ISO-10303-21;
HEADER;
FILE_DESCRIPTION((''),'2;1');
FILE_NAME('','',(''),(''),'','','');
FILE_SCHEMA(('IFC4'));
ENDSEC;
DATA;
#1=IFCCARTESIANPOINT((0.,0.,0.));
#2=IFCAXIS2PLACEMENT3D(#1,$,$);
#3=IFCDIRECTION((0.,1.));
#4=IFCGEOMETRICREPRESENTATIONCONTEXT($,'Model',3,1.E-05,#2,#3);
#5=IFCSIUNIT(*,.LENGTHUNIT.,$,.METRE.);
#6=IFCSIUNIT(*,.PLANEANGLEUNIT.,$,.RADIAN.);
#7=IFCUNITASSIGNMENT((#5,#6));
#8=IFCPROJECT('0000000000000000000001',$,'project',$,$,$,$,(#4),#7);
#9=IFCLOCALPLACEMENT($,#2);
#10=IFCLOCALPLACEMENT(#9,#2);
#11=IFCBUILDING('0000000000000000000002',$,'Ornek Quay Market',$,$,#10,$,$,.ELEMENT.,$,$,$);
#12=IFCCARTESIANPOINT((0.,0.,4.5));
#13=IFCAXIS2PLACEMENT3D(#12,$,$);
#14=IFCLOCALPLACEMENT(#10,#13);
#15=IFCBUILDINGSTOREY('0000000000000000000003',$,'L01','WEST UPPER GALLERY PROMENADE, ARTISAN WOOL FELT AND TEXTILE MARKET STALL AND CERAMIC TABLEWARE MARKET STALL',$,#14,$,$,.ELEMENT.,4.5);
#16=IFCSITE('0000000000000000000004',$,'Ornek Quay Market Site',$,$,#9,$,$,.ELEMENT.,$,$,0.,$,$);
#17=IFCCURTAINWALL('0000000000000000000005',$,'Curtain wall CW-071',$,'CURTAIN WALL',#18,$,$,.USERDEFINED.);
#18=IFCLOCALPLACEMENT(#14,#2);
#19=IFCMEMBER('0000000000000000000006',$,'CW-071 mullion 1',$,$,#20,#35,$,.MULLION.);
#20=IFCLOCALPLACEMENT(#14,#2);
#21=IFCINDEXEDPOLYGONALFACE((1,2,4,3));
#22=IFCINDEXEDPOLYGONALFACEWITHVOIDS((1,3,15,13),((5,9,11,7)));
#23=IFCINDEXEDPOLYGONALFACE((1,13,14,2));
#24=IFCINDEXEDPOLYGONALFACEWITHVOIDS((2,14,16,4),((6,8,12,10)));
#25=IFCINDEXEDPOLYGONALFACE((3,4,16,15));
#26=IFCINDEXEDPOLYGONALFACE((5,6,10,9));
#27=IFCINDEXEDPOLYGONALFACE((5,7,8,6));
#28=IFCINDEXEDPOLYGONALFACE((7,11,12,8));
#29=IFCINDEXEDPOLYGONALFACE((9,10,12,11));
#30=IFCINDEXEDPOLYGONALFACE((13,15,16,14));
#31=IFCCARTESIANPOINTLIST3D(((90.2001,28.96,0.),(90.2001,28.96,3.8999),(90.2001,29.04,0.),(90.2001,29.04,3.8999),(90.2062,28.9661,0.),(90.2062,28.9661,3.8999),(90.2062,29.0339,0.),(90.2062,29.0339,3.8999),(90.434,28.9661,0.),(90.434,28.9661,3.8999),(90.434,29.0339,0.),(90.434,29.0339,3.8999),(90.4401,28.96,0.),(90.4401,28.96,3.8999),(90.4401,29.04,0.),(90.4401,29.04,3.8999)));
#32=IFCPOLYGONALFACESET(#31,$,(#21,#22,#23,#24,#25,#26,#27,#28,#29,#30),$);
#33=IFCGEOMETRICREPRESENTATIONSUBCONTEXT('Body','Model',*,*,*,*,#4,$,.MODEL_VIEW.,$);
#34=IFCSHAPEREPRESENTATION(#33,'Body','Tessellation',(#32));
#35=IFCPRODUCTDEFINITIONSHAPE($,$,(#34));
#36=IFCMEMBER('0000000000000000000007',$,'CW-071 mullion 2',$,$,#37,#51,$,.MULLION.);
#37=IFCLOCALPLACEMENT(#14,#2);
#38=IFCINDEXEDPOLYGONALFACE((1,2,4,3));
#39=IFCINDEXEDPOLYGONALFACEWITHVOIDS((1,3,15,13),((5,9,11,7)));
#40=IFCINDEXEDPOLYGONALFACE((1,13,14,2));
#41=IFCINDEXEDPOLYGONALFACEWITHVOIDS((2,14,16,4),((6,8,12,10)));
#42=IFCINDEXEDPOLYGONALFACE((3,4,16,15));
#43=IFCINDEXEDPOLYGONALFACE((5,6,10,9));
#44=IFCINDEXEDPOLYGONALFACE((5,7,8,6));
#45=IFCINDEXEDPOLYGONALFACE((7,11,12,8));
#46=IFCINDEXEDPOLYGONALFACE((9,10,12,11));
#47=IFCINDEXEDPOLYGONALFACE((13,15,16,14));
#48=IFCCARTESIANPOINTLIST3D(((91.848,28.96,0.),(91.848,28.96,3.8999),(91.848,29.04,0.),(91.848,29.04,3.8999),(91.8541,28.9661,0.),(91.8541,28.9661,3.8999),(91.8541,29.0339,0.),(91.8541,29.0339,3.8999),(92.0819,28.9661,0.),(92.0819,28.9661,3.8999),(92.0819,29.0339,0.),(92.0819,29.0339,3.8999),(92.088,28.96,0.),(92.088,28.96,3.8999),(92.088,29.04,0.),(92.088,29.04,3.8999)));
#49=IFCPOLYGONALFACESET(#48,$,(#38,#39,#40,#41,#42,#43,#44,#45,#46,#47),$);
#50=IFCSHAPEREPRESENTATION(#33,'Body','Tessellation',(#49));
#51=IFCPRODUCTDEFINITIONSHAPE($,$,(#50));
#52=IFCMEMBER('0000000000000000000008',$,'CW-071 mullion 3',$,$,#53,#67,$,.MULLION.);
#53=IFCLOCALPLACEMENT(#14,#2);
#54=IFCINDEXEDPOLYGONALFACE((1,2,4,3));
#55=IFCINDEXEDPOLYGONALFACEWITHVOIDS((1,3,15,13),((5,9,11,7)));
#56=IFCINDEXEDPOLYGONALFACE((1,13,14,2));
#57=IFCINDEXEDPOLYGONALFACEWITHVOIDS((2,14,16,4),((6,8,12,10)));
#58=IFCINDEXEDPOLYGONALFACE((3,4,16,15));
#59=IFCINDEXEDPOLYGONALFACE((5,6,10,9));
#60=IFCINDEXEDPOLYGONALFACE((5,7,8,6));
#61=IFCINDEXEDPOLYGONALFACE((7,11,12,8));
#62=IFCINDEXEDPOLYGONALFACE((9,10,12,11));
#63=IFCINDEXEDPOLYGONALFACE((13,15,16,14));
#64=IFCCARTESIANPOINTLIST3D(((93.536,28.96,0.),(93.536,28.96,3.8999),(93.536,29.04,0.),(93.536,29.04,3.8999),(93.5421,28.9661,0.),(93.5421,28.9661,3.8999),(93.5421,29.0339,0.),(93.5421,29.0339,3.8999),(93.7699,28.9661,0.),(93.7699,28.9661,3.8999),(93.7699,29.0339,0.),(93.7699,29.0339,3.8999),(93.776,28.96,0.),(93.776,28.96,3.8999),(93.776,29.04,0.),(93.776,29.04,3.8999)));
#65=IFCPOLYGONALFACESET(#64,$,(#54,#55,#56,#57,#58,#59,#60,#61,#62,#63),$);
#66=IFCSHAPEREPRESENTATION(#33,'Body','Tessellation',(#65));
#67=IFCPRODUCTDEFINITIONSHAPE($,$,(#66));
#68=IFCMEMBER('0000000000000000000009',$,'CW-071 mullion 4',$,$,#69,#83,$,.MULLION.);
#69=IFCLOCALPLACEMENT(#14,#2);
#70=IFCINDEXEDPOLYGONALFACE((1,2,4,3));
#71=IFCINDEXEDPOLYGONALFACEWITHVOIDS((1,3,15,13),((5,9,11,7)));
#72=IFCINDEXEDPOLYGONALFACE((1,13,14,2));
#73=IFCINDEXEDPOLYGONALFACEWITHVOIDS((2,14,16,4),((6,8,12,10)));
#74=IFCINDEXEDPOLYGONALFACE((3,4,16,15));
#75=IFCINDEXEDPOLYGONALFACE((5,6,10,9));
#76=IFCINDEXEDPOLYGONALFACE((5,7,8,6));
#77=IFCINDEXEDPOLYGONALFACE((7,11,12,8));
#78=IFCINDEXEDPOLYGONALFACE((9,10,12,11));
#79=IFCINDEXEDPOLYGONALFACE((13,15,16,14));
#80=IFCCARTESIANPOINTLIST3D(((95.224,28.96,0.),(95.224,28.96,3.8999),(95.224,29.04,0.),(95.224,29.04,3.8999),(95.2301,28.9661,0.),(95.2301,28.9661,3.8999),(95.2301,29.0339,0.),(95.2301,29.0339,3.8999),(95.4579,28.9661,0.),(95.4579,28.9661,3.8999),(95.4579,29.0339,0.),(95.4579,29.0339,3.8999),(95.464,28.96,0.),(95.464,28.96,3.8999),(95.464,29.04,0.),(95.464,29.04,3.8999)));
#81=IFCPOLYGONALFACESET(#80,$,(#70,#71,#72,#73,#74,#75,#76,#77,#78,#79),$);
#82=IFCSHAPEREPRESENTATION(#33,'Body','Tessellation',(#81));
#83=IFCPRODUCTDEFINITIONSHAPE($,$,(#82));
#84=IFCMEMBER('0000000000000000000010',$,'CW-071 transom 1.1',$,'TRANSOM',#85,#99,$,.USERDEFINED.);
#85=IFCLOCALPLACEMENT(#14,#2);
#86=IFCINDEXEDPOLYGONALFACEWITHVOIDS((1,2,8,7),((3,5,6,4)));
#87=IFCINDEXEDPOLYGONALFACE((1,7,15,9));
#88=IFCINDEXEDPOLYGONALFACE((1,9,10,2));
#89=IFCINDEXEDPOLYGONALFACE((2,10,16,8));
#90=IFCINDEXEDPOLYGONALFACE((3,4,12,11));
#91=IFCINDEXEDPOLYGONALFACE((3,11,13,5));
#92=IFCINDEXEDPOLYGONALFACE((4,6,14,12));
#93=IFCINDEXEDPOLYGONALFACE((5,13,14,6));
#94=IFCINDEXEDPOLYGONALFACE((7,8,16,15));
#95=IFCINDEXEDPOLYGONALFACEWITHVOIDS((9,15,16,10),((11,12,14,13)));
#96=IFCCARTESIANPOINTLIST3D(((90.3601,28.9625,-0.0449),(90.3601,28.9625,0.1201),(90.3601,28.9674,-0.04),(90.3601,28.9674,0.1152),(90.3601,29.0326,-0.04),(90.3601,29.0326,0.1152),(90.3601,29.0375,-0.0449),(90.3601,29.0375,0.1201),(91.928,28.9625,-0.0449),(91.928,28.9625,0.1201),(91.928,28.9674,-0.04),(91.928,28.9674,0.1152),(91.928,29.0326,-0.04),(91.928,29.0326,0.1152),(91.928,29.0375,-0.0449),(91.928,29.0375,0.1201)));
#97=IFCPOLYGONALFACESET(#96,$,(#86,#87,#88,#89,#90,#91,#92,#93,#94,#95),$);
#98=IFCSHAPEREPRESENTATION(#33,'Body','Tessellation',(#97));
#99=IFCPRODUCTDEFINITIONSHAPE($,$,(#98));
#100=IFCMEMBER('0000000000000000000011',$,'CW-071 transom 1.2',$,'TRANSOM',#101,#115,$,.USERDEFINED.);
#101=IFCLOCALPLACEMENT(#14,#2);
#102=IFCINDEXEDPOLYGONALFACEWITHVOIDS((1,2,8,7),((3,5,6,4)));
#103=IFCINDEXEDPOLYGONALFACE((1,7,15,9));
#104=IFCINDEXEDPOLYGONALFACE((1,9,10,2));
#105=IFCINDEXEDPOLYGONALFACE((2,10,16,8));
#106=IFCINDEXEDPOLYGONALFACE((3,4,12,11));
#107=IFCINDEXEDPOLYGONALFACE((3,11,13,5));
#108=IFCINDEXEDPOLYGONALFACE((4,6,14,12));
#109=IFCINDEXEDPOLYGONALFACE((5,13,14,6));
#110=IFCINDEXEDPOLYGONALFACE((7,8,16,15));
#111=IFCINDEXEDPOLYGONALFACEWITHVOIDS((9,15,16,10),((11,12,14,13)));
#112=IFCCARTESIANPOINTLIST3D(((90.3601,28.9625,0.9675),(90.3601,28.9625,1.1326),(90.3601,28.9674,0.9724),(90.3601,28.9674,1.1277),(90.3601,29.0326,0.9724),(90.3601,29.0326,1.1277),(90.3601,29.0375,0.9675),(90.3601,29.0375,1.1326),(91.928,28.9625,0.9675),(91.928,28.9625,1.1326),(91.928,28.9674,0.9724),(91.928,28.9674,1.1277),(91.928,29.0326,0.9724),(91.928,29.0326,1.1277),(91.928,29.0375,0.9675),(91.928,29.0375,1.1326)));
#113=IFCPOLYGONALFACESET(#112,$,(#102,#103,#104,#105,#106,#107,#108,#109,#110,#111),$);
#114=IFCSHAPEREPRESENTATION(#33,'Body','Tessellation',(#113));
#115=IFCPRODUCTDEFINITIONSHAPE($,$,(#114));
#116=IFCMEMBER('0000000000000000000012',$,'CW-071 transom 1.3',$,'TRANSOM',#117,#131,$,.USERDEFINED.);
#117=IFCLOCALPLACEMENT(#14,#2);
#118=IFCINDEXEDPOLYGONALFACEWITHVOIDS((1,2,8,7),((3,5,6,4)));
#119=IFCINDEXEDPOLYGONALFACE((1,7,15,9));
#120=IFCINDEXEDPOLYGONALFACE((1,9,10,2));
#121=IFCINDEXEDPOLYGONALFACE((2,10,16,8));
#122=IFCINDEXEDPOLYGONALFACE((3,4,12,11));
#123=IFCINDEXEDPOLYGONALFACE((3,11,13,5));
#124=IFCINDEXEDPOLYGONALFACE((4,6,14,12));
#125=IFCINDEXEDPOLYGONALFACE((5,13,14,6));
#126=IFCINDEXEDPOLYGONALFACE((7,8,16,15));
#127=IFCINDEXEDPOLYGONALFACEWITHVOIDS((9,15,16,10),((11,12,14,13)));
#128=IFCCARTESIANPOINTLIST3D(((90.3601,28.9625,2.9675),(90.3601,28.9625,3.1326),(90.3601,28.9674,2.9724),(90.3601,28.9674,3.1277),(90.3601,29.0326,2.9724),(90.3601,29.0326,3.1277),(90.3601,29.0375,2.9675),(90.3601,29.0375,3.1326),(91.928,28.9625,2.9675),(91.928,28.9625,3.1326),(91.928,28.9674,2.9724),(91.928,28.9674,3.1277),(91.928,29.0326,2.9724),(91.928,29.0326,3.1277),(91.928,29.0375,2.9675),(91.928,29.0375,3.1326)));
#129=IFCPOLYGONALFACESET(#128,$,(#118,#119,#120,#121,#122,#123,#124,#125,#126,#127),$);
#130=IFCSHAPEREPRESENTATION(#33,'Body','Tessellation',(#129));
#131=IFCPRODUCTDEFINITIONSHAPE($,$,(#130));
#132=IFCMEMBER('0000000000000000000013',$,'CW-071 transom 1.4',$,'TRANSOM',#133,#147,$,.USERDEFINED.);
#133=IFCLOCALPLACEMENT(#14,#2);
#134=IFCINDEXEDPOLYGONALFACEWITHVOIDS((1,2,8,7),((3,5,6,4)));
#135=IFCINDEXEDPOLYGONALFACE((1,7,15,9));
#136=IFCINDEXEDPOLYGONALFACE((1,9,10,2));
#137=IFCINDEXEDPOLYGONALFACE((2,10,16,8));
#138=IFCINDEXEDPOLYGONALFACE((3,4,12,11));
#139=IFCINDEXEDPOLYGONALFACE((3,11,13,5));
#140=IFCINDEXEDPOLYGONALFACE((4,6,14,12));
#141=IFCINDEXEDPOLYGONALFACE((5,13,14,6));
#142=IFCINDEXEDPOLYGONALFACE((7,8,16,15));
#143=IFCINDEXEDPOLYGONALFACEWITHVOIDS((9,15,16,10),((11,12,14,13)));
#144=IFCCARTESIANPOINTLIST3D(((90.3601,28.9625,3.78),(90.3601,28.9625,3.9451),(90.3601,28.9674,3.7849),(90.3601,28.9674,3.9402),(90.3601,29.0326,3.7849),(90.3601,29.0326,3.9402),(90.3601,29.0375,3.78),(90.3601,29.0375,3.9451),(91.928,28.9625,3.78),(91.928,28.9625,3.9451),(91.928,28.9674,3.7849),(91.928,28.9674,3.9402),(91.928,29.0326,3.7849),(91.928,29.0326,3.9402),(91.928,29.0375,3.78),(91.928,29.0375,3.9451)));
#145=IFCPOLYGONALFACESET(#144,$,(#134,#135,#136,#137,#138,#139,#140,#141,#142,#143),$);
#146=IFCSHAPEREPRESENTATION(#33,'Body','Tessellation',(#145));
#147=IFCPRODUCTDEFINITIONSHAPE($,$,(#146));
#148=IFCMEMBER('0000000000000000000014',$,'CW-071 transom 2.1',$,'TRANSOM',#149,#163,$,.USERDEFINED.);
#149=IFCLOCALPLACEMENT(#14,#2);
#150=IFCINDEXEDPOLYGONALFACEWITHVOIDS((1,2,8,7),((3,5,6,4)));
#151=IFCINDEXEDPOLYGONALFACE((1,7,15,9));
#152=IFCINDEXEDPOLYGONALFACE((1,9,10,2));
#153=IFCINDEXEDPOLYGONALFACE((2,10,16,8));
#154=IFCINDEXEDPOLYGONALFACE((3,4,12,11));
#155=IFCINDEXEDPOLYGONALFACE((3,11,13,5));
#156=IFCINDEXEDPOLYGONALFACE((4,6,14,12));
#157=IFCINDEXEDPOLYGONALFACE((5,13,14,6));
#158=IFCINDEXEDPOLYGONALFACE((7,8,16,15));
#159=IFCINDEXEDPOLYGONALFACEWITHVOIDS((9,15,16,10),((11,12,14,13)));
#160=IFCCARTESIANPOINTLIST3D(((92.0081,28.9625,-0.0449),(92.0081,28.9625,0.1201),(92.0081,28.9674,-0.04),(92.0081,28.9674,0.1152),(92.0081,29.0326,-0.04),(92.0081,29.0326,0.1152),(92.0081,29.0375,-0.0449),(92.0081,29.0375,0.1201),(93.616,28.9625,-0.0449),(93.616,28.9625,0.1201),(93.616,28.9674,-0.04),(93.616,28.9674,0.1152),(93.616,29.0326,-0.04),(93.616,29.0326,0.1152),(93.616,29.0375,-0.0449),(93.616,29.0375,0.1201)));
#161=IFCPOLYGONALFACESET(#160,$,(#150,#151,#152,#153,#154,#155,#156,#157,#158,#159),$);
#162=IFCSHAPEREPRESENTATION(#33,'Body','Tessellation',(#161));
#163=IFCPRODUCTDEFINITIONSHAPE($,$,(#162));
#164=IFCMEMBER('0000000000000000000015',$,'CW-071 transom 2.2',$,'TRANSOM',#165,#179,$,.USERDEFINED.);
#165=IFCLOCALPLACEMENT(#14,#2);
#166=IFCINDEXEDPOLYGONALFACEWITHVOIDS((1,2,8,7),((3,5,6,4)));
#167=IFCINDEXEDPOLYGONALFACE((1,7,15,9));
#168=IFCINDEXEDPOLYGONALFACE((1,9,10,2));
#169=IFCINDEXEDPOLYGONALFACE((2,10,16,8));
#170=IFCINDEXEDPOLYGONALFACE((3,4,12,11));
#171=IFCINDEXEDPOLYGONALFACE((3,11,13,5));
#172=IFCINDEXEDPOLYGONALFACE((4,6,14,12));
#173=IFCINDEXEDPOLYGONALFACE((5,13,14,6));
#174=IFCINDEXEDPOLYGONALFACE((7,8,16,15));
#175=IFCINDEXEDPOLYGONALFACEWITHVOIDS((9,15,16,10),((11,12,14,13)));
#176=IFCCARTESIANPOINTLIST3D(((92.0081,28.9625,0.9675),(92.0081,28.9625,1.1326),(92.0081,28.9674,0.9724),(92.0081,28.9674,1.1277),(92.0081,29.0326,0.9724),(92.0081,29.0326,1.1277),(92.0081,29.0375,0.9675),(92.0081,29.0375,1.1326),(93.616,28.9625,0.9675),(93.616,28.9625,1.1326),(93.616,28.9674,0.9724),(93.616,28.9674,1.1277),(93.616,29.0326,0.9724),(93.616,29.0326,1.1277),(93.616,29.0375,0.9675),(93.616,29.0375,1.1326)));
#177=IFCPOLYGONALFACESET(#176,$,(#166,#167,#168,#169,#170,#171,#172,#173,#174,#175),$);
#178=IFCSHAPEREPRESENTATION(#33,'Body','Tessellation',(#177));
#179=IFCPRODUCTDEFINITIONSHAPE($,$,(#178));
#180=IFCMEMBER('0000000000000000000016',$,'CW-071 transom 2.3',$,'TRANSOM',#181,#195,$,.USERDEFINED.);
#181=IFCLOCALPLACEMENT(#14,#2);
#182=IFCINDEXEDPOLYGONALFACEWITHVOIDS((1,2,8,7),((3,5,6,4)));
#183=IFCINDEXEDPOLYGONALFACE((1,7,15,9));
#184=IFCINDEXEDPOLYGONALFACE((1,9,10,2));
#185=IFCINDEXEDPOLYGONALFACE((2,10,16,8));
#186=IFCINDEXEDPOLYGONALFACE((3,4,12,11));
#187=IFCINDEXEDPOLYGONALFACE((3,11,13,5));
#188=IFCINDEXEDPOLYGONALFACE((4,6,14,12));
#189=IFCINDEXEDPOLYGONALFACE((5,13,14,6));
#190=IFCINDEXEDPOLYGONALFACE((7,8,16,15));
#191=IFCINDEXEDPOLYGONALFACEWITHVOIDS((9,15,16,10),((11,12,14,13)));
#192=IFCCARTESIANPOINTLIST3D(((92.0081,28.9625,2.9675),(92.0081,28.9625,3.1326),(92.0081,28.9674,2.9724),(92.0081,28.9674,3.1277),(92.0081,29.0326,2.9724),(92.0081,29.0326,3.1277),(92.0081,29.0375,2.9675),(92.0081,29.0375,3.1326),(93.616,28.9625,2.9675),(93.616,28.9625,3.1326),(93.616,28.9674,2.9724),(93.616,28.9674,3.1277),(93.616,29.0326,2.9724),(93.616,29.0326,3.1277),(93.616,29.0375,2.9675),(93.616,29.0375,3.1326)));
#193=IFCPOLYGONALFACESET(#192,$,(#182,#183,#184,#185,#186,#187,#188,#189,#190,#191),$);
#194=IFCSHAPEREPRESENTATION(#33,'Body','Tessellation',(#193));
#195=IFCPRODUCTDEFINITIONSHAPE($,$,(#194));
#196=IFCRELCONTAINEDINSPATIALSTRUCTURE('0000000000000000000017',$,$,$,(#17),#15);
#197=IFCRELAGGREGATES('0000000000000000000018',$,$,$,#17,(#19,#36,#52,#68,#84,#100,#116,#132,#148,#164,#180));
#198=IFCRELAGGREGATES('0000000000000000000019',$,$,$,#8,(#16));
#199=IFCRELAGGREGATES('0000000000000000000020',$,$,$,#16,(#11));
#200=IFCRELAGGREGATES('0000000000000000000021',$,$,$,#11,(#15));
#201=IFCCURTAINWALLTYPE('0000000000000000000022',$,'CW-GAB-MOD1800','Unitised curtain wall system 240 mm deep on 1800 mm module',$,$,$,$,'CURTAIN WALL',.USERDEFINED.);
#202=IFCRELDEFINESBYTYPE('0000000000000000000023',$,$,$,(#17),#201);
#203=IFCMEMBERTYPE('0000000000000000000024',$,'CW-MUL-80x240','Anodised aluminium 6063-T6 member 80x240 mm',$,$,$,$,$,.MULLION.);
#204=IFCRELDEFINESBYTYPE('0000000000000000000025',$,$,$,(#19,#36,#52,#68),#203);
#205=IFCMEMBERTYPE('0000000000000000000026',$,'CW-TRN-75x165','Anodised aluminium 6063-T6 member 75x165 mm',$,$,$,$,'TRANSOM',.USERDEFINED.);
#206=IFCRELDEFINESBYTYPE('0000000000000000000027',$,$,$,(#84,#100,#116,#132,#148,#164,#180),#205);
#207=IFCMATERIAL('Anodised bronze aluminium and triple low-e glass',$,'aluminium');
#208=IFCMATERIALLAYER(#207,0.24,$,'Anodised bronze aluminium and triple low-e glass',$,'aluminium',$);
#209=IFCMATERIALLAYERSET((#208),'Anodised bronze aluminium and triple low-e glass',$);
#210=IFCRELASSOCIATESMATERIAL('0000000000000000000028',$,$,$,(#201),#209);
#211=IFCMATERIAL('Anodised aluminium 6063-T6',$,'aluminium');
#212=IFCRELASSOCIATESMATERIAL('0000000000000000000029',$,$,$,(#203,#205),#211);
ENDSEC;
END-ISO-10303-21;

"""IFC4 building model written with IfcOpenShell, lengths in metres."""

from ifc_helpers import new_model, si_unit, direction, frame, origin, origin_2d, place, context, subcontext, project, spatial, hollow_rectangle, extrude, material, layer, layer_set, material_profile, profile_set, type_object, element, aggregate, save


model = new_model("IFC4")

# Units and contexts
model_context = context("Model", 3, precision=1e-05, world=origin(), true_north=direction((0.0, 1.0)))
body_context = subcontext(model_context, "Body", "Model", "MODEL_VIEW")
ifc_project = project(units=[si_unit("LENGTHUNIT", "METRE"), si_unit("PLANEANGLEUNIT", "RADIAN")], contexts=[model_context])

# Site, building, storey
site_placement = place(None, origin())
site = spatial("IfcSite", under=ifc_project, at=site_placement, Name="Ornek Quay Market Site", CompositionType="ELEMENT", RefElevation=0.0)
building_placement = place(site_placement, origin())
building = spatial("IfcBuilding", under=site, at=building_placement, Name="Ornek Quay Market", CompositionType="ELEMENT")
storey_placement = place(building_placement, frame((0.0, 0.0, 4.5)))
storey = spatial("IfcBuildingStorey", under=building, at=storey_placement, Name="L01", Description="WEST UPPER GALLERY PROMENADE, ARTISAN WOOL FELT AND TEXTILE MARKET STALL AND CERAMIC TABLEWARE MARKET STALL", CompositionType="ELEMENT", Elevation=4.5)

# Curtain wall, members
ifc_material_1 = material(Name="Anodised bronze aluminium and triple low-e glass", Category="aluminium")
ifc_layer_1 = layer(ifc_material_1, 0.24, Name="Anodised bronze aluminium and triple low-e glass", Category="aluminium")
ifc_layer_set_1 = layer_set([ifc_layer_1], Name="Anodised bronze aluminium and triple low-e glass")
curtain_wall_type = type_object("IfcCurtainWallType", Name="CW-GAB-MOD1800", Description="Unitised curtain wall system 240 mm deep on 1800 mm module", ElementType="CURTAIN WALL", PredefinedType="USERDEFINED", material=ifc_layer_set_1)
curtain_wall_placement = place(storey_placement, origin())
curtain_wall = element("IfcCurtainWall", 1, at=curtain_wall_placement, inside=storey, type_object=curtain_wall_type, Name="Curtain wall CW-071", ObjectType="CURTAIN WALL", PredefinedType="USERDEFINED")
ifc_material_2 = material(Name="Anodised aluminium 6063-T6", Category="aluminium")
ifc_material_profile_1 = material_profile(ifc_material_2, hollow_rectangle(XDim=0.0801, YDim=0.24, WallThickness=0.0061, at=origin_2d()), Name="CW-MUL-80x240", Category="aluminium")
ifc_profile_set_1 = profile_set([ifc_material_profile_1], Name="Anodised aluminium 6063-T6")
member_type_1 = type_object("IfcMemberType", Name="CW-MUL-80x240", Description="Anodised aluminium 6063-T6 member 80x240 mm", PredefinedType="MULLION", material=ifc_profile_set_1)
member_1_placement = place(storey_placement, frame((90.3201, 29.0, 0.0), z_axis=(0.0, 0.0, 1.0), x_axis=(0.0, 1.0, 0.0)))
member_1 = element("IfcMember", 2, at=member_1_placement, type_object=member_type_1, Name="CW-071 mullion 1", PredefinedType="MULLION", context=body_context, shape_type="SweptSolid", body=[
    extrude(hollow_rectangle(XDim=0.0801, YDim=0.24, WallThickness=0.0061, at=origin_2d()), origin(), (0.0, 0.0, 1.0), 3.8999),
])
member_2_placement = place(storey_placement, frame((91.968, 29.0, 0.0), z_axis=(0.0, 0.0, 1.0), x_axis=(0.0, 1.0, 0.0)))
member_2 = element("IfcMember", 3, at=member_2_placement, type_object=member_type_1, Name="CW-071 mullion 2", PredefinedType="MULLION", context=body_context, shape_type="SweptSolid", body=[
    extrude(hollow_rectangle(XDim=0.0801, YDim=0.24, WallThickness=0.0061, at=origin_2d()), origin(), (0.0, 0.0, 1.0), 3.8999),
])
member_3_placement = place(storey_placement, frame((93.656, 29.0, 0.0), z_axis=(0.0, 0.0, 1.0), x_axis=(0.0, 1.0, 0.0)))
member_3 = element("IfcMember", 4, at=member_3_placement, type_object=member_type_1, Name="CW-071 mullion 3", PredefinedType="MULLION", context=body_context, shape_type="SweptSolid", body=[
    extrude(hollow_rectangle(XDim=0.0801, YDim=0.24, WallThickness=0.0061, at=origin_2d()), origin(), (0.0, 0.0, 1.0), 3.8999),
])
member_4_placement = place(storey_placement, frame((95.344, 29.0, 0.0), z_axis=(0.0, 0.0, 1.0), x_axis=(0.0, 1.0, 0.0)))
member_4 = element("IfcMember", 5, at=member_4_placement, type_object=member_type_1, Name="CW-071 mullion 4", PredefinedType="MULLION", context=body_context, shape_type="SweptSolid", body=[
    extrude(hollow_rectangle(XDim=0.0801, YDim=0.24, WallThickness=0.0061, at=origin_2d()), origin(), (0.0, 0.0, 1.0), 3.8999),
])
ifc_material_profile_2 = material_profile(ifc_material_2, hollow_rectangle(XDim=0.075, YDim=0.165, WallThickness=0.0049, at=origin_2d()), Name="CW-TRN-75x165", Category="aluminium")
ifc_profile_set_2 = profile_set([ifc_material_profile_2], Name="Anodised aluminium 6063-T6")
member_type_2 = type_object("IfcMemberType", Name="CW-TRN-75x165", Description="Anodised aluminium 6063-T6 member 75x165 mm", ElementType="TRANSOM", PredefinedType="USERDEFINED", material=ifc_profile_set_2)
member_5_placement = place(storey_placement, frame((90.3601, 29.0, 0.0376), z_axis=(1.0, 0.0, 0.0), x_axis=(0.0, 1.0, 0.0)))
member_5 = element("IfcMember", 6, at=member_5_placement, type_object=member_type_2, Name="CW-071 transom 1.1", ObjectType="TRANSOM", PredefinedType="USERDEFINED", context=body_context, shape_type="SweptSolid", body=[
    extrude(hollow_rectangle(XDim=0.075, YDim=0.165, WallThickness=0.0049, at=origin_2d()), origin(), (0.0, 0.0, 1.0), 1.5679),
])
member_6_placement = place(storey_placement, frame((90.3601, 29.0, 1.05), z_axis=(1.0, 0.0, 0.0), x_axis=(0.0, 1.0, 0.0)))
member_6 = element("IfcMember", 7, at=member_6_placement, type_object=member_type_2, Name="CW-071 transom 1.2", ObjectType="TRANSOM", PredefinedType="USERDEFINED", context=body_context, shape_type="SweptSolid", body=[
    extrude(hollow_rectangle(XDim=0.075, YDim=0.165, WallThickness=0.0049, at=origin_2d()), origin(), (0.0, 0.0, 1.0), 1.5679),
])
member_7_placement = place(storey_placement, frame((90.3601, 29.0, 3.05), z_axis=(1.0, 0.0, 0.0), x_axis=(0.0, 1.0, 0.0)))
member_7 = element("IfcMember", 8, at=member_7_placement, type_object=member_type_2, Name="CW-071 transom 1.3", ObjectType="TRANSOM", PredefinedType="USERDEFINED", context=body_context, shape_type="SweptSolid", body=[
    extrude(hollow_rectangle(XDim=0.075, YDim=0.165, WallThickness=0.0049, at=origin_2d()), origin(), (0.0, 0.0, 1.0), 1.5679),
])
member_8_placement = place(storey_placement, frame((90.3601, 29.0, 3.8625), z_axis=(1.0, 0.0, 0.0), x_axis=(0.0, 1.0, 0.0)))
member_8 = element("IfcMember", 9, at=member_8_placement, type_object=member_type_2, Name="CW-071 transom 1.4", ObjectType="TRANSOM", PredefinedType="USERDEFINED", context=body_context, shape_type="SweptSolid", body=[
    extrude(hollow_rectangle(XDim=0.075, YDim=0.165, WallThickness=0.0049, at=origin_2d()), origin(), (0.0, 0.0, 1.0), 1.5679),
])
member_9_placement = place(storey_placement, frame((92.0081, 29.0, 0.0376), z_axis=(1.0, 0.0, 0.0), x_axis=(0.0, 1.0, 0.0)))
member_9 = element("IfcMember", 10, at=member_9_placement, type_object=member_type_2, Name="CW-071 transom 2.1", ObjectType="TRANSOM", PredefinedType="USERDEFINED", context=body_context, shape_type="SweptSolid", body=[
    extrude(hollow_rectangle(XDim=0.075, YDim=0.165, WallThickness=0.0049, at=origin_2d()), origin(), (0.0, 0.0, 1.0), 1.6079),
])
member_10_placement = place(storey_placement, frame((92.0081, 29.0, 1.05), z_axis=(1.0, 0.0, 0.0), x_axis=(0.0, 1.0, 0.0)))
member_10 = element("IfcMember", 11, at=member_10_placement, type_object=member_type_2, Name="CW-071 transom 2.2", ObjectType="TRANSOM", PredefinedType="USERDEFINED", context=body_context, shape_type="SweptSolid", body=[
    extrude(hollow_rectangle(XDim=0.075, YDim=0.165, WallThickness=0.0049, at=origin_2d()), origin(), (0.0, 0.0, 1.0), 1.6079),
])
member_11_placement = place(storey_placement, frame((92.0081, 29.0, 3.05), z_axis=(1.0, 0.0, 0.0), x_axis=(0.0, 1.0, 0.0)))
member_11 = element("IfcMember", 12, at=member_11_placement, type_object=member_type_2, Name="CW-071 transom 2.3", ObjectType="TRANSOM", PredefinedType="USERDEFINED", context=body_context, shape_type="SweptSolid", body=[
    extrude(hollow_rectangle(XDim=0.075, YDim=0.165, WallThickness=0.0049, at=origin_2d()), origin(), (0.0, 0.0, 1.0), 1.6079),
])
aggregate(curtain_wall, [member_1, member_2, member_3, member_4, member_5, member_6, member_7, member_8, member_9, member_10, member_11])

save(model, "model.ifc")
